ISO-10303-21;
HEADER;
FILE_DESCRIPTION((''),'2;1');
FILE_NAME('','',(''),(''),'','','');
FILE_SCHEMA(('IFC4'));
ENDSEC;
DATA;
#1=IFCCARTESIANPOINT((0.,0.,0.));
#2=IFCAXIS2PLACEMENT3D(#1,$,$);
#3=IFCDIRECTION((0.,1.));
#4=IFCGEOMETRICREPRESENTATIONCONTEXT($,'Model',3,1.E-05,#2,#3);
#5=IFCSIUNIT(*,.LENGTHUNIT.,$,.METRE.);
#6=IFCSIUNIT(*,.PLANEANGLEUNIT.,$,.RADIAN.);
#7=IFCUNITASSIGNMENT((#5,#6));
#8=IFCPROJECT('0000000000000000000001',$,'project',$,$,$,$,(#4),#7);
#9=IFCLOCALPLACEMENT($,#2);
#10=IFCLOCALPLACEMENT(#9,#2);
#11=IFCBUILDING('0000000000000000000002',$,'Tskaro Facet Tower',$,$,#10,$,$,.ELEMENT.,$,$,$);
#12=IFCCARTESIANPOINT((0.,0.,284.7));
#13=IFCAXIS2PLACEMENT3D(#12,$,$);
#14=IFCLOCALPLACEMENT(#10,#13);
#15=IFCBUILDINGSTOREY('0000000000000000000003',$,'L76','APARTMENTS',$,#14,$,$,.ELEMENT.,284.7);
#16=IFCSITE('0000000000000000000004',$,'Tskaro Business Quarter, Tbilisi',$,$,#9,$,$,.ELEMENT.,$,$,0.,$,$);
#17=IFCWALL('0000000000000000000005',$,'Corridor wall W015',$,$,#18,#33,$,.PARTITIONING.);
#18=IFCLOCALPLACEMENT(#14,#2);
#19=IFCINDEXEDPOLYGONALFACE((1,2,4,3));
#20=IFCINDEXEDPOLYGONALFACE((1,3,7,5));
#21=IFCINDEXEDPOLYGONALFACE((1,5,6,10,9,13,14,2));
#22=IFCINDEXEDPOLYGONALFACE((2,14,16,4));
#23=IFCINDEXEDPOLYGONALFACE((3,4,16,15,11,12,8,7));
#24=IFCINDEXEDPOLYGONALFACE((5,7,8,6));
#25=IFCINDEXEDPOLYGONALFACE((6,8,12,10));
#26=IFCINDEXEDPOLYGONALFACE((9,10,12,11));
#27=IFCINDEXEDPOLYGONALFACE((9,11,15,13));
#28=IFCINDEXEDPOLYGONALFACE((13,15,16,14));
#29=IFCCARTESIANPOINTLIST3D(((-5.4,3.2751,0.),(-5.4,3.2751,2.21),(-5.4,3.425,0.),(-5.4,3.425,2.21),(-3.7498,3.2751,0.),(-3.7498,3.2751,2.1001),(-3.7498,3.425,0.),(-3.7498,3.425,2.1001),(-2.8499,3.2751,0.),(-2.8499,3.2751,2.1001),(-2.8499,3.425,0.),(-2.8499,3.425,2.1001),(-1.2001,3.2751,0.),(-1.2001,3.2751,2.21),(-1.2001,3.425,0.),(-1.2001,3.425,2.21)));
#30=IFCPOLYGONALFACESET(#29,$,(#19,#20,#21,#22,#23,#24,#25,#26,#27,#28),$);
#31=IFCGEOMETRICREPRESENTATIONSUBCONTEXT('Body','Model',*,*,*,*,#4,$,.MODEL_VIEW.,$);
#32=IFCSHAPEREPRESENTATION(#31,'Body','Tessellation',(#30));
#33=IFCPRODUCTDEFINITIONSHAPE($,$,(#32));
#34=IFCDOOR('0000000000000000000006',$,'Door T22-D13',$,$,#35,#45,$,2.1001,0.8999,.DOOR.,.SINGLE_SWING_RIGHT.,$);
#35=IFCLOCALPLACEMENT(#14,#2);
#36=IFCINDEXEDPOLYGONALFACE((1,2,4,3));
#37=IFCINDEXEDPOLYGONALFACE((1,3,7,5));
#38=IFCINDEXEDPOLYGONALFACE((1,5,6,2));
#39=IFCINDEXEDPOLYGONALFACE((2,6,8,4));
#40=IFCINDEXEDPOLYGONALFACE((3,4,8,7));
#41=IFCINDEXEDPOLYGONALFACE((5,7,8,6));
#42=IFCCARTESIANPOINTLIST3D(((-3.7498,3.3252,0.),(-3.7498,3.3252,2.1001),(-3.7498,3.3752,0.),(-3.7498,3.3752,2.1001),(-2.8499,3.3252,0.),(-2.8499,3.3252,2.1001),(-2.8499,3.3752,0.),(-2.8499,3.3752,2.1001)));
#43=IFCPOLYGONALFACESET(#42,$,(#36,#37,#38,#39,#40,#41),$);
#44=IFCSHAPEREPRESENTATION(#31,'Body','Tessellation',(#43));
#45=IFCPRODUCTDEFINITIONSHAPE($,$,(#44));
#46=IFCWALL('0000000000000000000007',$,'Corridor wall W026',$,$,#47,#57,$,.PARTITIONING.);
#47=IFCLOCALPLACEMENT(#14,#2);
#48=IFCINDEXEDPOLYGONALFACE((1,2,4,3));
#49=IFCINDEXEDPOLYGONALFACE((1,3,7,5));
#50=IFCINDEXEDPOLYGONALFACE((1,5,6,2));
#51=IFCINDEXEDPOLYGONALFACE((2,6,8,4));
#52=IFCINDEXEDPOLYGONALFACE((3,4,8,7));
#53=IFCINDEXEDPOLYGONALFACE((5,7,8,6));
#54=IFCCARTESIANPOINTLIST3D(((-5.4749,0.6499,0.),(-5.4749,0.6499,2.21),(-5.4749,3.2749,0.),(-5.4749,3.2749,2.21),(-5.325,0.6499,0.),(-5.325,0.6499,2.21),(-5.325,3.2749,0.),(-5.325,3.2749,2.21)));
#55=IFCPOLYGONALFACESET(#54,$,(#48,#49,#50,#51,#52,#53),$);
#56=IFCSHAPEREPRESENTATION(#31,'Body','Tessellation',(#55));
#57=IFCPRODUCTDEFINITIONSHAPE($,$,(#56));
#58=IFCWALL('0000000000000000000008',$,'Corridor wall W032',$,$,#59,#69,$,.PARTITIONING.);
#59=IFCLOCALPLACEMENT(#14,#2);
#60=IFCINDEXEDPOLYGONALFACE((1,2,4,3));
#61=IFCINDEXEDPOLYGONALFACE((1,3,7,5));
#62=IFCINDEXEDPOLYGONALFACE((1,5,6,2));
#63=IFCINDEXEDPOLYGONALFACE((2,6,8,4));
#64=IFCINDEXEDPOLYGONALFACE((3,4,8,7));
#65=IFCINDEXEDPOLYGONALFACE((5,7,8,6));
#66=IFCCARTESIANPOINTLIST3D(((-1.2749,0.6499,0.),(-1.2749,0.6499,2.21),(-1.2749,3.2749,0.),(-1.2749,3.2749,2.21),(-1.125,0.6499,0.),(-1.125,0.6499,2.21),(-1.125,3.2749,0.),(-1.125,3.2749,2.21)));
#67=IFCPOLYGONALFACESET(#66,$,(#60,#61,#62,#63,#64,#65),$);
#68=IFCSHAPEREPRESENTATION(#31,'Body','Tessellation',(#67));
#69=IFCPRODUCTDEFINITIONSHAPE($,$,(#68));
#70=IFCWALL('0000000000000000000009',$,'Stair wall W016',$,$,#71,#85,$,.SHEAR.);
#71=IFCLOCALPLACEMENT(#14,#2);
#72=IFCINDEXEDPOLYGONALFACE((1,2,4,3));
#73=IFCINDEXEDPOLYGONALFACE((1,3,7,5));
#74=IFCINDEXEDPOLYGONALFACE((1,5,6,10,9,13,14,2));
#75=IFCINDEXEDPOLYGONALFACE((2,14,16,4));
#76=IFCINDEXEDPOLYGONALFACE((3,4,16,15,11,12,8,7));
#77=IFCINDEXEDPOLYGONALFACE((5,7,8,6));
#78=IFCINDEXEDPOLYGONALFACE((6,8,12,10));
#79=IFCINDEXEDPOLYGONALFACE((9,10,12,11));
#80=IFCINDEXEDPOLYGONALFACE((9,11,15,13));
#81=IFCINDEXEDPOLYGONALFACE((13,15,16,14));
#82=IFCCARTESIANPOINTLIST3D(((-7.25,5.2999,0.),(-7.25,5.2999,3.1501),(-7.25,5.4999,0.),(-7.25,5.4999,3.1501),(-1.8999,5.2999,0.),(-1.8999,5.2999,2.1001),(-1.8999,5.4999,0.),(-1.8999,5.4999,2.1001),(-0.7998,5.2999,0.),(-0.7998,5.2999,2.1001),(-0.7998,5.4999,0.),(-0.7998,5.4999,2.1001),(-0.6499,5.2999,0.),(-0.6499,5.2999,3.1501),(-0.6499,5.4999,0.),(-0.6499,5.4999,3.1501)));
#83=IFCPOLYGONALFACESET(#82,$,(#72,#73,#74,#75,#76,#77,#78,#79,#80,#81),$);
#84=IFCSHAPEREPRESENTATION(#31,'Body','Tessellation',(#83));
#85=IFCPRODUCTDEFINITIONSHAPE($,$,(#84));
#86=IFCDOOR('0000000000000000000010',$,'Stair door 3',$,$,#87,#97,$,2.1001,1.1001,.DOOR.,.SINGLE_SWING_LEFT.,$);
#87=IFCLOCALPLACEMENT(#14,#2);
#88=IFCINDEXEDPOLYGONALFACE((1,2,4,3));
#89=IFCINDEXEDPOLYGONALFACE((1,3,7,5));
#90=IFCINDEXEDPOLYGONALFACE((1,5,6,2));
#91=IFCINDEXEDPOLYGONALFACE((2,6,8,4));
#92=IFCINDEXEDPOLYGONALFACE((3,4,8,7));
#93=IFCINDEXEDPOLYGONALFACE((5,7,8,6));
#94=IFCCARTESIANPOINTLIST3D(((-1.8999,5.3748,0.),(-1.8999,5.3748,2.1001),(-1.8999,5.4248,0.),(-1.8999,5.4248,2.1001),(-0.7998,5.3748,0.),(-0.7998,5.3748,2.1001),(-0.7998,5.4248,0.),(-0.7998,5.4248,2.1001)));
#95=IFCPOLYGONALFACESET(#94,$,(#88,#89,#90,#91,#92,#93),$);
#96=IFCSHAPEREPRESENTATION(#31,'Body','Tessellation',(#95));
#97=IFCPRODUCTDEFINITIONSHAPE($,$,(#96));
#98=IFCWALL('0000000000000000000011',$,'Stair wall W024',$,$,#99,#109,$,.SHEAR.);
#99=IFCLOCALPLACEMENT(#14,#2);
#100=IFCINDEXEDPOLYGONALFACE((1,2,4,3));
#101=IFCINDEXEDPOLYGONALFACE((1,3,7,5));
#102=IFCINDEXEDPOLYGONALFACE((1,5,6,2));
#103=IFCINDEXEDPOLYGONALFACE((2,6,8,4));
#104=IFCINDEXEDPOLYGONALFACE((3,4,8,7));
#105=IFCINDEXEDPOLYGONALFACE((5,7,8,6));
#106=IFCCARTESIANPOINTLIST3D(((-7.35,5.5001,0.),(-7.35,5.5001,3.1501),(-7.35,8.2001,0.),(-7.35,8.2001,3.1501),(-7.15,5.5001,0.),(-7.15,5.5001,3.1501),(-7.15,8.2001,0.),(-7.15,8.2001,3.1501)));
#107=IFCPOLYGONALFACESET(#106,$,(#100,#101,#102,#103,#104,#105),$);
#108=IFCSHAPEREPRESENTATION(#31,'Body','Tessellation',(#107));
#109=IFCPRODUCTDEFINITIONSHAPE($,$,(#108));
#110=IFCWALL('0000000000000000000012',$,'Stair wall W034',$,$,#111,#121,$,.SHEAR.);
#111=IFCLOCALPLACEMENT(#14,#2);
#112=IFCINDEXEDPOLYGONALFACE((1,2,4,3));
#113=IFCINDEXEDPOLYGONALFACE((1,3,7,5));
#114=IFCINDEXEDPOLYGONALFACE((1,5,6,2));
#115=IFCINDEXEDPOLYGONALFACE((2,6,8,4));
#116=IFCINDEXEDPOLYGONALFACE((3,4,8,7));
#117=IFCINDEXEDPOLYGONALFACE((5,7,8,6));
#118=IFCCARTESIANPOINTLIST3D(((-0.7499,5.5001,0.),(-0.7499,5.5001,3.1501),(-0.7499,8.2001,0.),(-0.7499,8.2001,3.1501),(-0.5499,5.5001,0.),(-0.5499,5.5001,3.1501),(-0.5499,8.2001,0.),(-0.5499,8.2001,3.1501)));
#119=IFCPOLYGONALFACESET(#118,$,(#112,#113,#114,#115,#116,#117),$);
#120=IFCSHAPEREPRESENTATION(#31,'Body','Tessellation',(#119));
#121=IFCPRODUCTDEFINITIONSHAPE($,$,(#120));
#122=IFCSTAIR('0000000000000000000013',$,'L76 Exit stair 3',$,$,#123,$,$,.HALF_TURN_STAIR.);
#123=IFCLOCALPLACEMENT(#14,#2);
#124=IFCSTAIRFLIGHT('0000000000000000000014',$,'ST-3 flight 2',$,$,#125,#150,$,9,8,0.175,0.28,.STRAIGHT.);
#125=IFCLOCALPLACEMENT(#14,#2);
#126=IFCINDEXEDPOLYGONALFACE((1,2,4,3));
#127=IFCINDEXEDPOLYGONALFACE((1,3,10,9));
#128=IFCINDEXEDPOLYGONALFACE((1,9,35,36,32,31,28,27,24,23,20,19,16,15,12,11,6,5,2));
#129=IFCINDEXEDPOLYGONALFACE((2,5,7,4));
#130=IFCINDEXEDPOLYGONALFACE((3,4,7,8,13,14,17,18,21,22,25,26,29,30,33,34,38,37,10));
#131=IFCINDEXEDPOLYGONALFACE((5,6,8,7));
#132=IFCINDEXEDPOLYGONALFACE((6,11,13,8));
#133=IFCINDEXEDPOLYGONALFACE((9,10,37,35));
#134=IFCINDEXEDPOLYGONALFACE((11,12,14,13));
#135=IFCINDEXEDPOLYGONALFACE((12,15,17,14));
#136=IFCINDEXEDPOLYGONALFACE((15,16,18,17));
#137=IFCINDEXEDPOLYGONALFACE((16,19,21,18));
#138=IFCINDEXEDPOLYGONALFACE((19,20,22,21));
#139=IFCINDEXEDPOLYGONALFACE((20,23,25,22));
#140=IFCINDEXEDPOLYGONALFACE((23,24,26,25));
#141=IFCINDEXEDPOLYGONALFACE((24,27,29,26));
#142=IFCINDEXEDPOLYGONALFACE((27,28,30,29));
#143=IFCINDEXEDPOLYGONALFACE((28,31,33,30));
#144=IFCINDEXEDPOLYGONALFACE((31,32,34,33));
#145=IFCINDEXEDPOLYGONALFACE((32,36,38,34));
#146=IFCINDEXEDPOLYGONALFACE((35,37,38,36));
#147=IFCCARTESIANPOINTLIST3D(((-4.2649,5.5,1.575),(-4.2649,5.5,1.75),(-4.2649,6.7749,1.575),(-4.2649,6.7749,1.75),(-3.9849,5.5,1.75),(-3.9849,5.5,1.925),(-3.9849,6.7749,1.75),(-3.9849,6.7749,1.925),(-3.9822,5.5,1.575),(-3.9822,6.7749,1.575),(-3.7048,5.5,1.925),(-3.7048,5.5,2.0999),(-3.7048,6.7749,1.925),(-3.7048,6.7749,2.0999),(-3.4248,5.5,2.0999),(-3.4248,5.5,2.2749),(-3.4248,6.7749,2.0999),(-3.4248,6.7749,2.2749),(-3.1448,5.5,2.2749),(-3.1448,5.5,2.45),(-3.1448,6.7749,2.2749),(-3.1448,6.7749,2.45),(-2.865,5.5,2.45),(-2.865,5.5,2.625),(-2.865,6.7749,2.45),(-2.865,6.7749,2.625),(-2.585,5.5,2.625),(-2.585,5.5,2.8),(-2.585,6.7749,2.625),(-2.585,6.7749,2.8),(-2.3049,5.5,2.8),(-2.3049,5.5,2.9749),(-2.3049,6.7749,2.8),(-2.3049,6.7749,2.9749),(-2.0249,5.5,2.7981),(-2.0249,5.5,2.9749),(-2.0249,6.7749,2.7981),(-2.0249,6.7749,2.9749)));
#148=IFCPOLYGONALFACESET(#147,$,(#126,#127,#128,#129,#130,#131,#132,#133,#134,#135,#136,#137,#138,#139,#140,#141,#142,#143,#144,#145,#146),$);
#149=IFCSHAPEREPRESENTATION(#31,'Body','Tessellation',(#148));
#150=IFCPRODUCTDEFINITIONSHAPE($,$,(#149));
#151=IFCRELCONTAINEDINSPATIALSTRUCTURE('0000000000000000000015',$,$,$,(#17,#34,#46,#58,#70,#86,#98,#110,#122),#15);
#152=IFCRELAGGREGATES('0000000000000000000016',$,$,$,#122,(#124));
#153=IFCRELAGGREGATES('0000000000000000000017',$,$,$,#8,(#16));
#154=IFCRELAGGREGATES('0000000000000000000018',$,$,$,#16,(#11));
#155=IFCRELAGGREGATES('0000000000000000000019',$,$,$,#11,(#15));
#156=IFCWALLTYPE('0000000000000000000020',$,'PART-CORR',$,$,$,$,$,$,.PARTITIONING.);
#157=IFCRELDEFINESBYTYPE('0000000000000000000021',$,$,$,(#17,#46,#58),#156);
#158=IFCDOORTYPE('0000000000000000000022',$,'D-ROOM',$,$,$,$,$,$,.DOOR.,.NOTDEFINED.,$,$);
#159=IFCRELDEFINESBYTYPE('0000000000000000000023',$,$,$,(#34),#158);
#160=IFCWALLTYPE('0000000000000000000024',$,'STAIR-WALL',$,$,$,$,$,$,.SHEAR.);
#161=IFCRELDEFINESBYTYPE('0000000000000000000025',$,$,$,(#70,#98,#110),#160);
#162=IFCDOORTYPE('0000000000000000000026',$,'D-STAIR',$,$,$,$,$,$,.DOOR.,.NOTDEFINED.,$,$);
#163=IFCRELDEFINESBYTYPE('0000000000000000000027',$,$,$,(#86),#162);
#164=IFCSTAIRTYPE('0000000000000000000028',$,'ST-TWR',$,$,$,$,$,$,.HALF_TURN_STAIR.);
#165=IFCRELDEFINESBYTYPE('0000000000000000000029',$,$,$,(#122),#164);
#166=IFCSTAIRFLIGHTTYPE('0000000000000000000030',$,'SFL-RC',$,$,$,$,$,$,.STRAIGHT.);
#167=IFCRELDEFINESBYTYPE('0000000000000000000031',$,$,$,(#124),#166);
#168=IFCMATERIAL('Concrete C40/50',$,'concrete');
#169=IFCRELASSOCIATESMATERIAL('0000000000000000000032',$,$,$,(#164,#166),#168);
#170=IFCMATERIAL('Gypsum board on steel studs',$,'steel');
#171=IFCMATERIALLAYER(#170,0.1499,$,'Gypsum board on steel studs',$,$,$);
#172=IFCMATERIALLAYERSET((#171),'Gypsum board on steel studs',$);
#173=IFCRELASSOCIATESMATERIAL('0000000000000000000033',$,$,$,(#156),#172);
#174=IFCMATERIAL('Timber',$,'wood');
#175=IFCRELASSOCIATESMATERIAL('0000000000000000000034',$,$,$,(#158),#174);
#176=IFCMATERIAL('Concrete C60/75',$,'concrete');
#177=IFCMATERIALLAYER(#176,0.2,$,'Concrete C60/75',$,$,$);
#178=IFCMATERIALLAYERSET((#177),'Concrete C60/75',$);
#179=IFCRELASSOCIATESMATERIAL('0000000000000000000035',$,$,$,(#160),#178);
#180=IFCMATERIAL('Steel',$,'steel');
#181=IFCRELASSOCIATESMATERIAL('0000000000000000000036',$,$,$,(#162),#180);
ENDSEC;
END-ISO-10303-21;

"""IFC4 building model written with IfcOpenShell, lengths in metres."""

from ifc_helpers import new_model, si_unit, direction, frame, frame_2d, origin, place, context, subcontext, project, spatial, polyline, rectangle, outline, extrude, material, layer, layer_set, type_object, element, fill, aggregate, save


model = new_model("IFC4")

# Units and contexts
model_context = context("Model", 3, precision=1e-05, world=origin(), true_north=direction((0.0, 1.0)))
body_context = subcontext(model_context, "Body", "Model", "MODEL_VIEW")
ifc_project = project(units=[si_unit("LENGTHUNIT", "METRE"), si_unit("PLANEANGLEUNIT", "RADIAN")], contexts=[model_context])

# Site, building, storey
site_placement = place(None, origin())
site = spatial("IfcSite", under=ifc_project, at=site_placement, Name="Tskaro Business Quarter, Tbilisi", CompositionType="ELEMENT", RefElevation=0.0)
building_placement = place(site_placement, origin())
building = spatial("IfcBuilding", under=site, at=building_placement, Name="Tskaro Facet Tower", CompositionType="ELEMENT")
storey_placement = place(building_placement, frame((0.0, 0.0, 284.7)))
storey = spatial("IfcBuildingStorey", under=building, at=storey_placement, Name="L76", Description="APARTMENTS", CompositionType="ELEMENT", Elevation=284.7)

# Shared definitions
ifc_material_1 = material(Name="Concrete C40/50", Category="concrete")
stair_type = type_object("IfcStairType", Name="ST-TWR", PredefinedType="HALF_TURN_STAIR", material=ifc_material_1)

# Shared definitions
ifc_material_2 = material(Name="Concrete C60/75", Category="concrete")

# Wall, opening, door
ifc_material_3 = material(Name="Gypsum board on steel studs", Category="steel")
ifc_layer_1 = layer(ifc_material_3, 0.1499, Name="Gypsum board on steel studs")
ifc_layer_set_1 = layer_set([ifc_layer_1], Name="Gypsum board on steel studs")
wall_type_1 = type_object("IfcWallType", Name="PART-CORR", PredefinedType="PARTITIONING", material=ifc_layer_set_1)
wall_1_placement = place(storey_placement, frame((-1.2, 3.3501, 0.0), z_axis=(0.0, 0.0, 1.0), x_axis=(-1.0, 0.0, 0.0)))
wall_1 = element("IfcWall", 1, at=wall_1_placement, inside=storey, type_object=wall_type_1, Name="Corridor wall W015", PredefinedType="PARTITIONING", context=body_context, shape_type="SweptSolid", body=[
    extrude(rectangle(XDim=4.2, YDim=0.1499, at=frame_2d((2.1001, 0.0))), origin(), (0.0, 0.0, 1.0), 2.21),
])
opening_1_placement = place(wall_1_placement, frame((1.6499, 0.0, 0.0)))
opening_1 = element("IfcOpeningElement", 2, at=opening_1_placement, cuts=wall_1, PredefinedType="OPENING", context=body_context, shape_type="SweptSolid", body=[
    extrude(rectangle(XDim=0.8999, YDim=2.1001, at=frame_2d((0.45, 1.05))), frame((0.0, 0.085, 0.0), z_axis=(0.0, -1.0, 0.0), x_axis=(1.0, 0.0, 0.0)), (0.0, 0.0, 1.0), 0.1699),
])
ifc_material_4 = material(Name="Timber", Category="wood")
door_type_1 = type_object("IfcDoorType", Name="D-ROOM", OperationType="NOTDEFINED", PredefinedType="DOOR", material=ifc_material_4)
door_1_placement = place(opening_1_placement, origin())
door_1 = element("IfcDoor", 3, at=door_1_placement, inside=storey, type_object=door_type_1, Name="Door T22-D13", OperationType="SINGLE_SWING_RIGHT", OverallHeight=2.1001, OverallWidth=0.8999, PredefinedType="DOOR", context=body_context, shape_type="SweptSolid", body=[
    extrude(rectangle(XDim=0.8999, YDim=2.1001, at=frame_2d((0.45, 1.05))), frame((0.0, 0.0249, 0.0), z_axis=(0.0, -1.0, 0.0), x_axis=(1.0, 0.0, 0.0)), (0.0, 0.0, 1.0), 0.05),
])
fill(opening_1, door_1)

# Walls
for number, where, z_axis, x_axis, name in (
    (4, (-5.3999, 0.6499, 0.0), (0.0, 0.0, 1.0), (0.0, 1.0, 0.0), "Corridor wall W026"),
    (5, (-1.2, 0.6499, 0.0), (0.0, 0.0, 1.0), (0.0, 1.0, 0.0), "Corridor wall W032"),
):
    element("IfcWall", number, at=place(storey_placement, frame(where, z_axis=z_axis, x_axis=x_axis)), inside=storey, type_object=wall_type_1, Name=name, PredefinedType="PARTITIONING", context=body_context, shape_type="SweptSolid", body=[
        extrude(rectangle(XDim=2.625, YDim=0.1499, at=frame_2d((1.3125, 0.0))), origin(), (0.0, 0.0, 1.0), 2.21),
    ])

# Wall, opening, door
ifc_layer_2 = layer(ifc_material_2, 0.2, Name="Concrete C60/75")
ifc_layer_set_2 = layer_set([ifc_layer_2], Name="Concrete C60/75")
wall_type_2 = type_object("IfcWallType", Name="STAIR-WALL", PredefinedType="SHEAR", material=ifc_layer_set_2)
wall_2_placement = place(storey_placement, frame((-7.25, 5.3999, 0.0), z_axis=(0.0, 0.0, 1.0), x_axis=(1.0, 0.0, 0.0)))
wall_2 = element("IfcWall", 6, at=wall_2_placement, inside=storey, type_object=wall_type_2, Name="Stair wall W016", PredefinedType="SHEAR", context=body_context, shape_type="SweptSolid", body=[
    extrude(rectangle(XDim=6.6001, YDim=0.2, at=frame_2d((3.3, 0.0))), origin(), (0.0, 0.0, 1.0), 3.1501),
])
opening_2_placement = place(wall_2_placement, frame((5.3501, 0.0, 0.0)))
opening_2 = element("IfcOpeningElement", 7, at=opening_2_placement, cuts=wall_2, PredefinedType="OPENING", context=body_context, shape_type="SweptSolid", body=[
    extrude(rectangle(XDim=1.1001, YDim=2.1001, at=frame_2d((0.55, 1.05))), frame((0.0, 0.1099, 0.0), z_axis=(0.0, -1.0, 0.0), x_axis=(1.0, 0.0, 0.0)), (0.0, 0.0, 1.0), 0.22),
])
ifc_material_5 = material(Name="Steel", Category="steel")
door_type_2 = type_object("IfcDoorType", Name="D-STAIR", OperationType="NOTDEFINED", PredefinedType="DOOR", material=ifc_material_5)
door_2_placement = place(opening_2_placement, origin())
door_2 = element("IfcDoor", 8, at=door_2_placement, inside=storey, type_object=door_type_2, Name="Stair door 3", OperationType="SINGLE_SWING_LEFT", OverallHeight=2.1001, OverallWidth=1.1001, PredefinedType="DOOR", context=body_context, shape_type="SweptSolid", body=[
    extrude(rectangle(XDim=1.1001, YDim=2.1001, at=frame_2d((0.55, 1.05))), frame((0.0, 0.0249, 0.0), z_axis=(0.0, -1.0, 0.0), x_axis=(1.0, 0.0, 0.0)), (0.0, 0.0, 1.0), 0.05),
])
fill(opening_2, door_2)

# Walls
for number, where, z_axis, x_axis, name in (
    (9, (-7.25, 5.5, 0.0), (0.0, 0.0, 1.0), (0.0, 1.0, 0.0), "Stair wall W024"),
    (10, (-0.6499, 5.5, 0.0), (0.0, 0.0, 1.0), (0.0, 1.0, 0.0), "Stair wall W034"),
):
    element("IfcWall", number, at=place(storey_placement, frame(where, z_axis=z_axis, x_axis=x_axis)), inside=storey, type_object=wall_type_2, Name=name, PredefinedType="SHEAR", context=body_context, shape_type="SweptSolid", body=[
        extrude(rectangle(XDim=2.7, YDim=0.2, at=frame_2d((1.3501, 0.0))), origin(), (0.0, 0.0, 1.0), 3.1501),
    ])

# Stair, stair flight
stair_1_placement = place(storey_placement, origin())
stair_1 = element("IfcStair", 11, at=stair_1_placement, inside=storey, type_object=stair_type, Name="L76 Exit stair 3", PredefinedType="HALF_TURN_STAIR")
stair_flight_type = type_object("IfcStairFlightType", Name="SFL-RC", PredefinedType="STRAIGHT", material=ifc_material_1)
stair_flight_placement = place(storey_placement, frame((-4.2649, 6.1375, 1.575), z_axis=(0.0, 0.0, 1.0), x_axis=(1.0, 0.0, 0.0)))
stair_flight = element("IfcStairFlight", 12, at=stair_flight_placement, type_object=stair_flight_type, Name="ST-3 flight 2", NumberOfRisers=9, NumberOfTreads=8, PredefinedType="STRAIGHT", RiserHeight=0.175, TreadLength=0.28, context=body_context, shape_type="SweptSolid", body=[
    extrude(outline(polyline([(0.0, 0.0), (0.0, 0.175), (0.28, 0.175), (0.28, 0.3501), (0.5601, 0.3501), (0.5601, 0.5249), (0.8401, 0.5249), (0.8401, 0.7), (1.1201, 0.7), (1.1201, 0.875), (1.3999, 0.875), (1.3999, 1.05), (1.6799, 1.05), (1.6799, 1.2251), (1.96, 1.2251), (1.96, 1.3999), (2.24, 1.3999), (2.24, 1.575), (2.24, 1.2231), (0.2827, 0.0), (0.0, 0.0)])), frame((0.0, 0.6375, 0.0), z_axis=(0.0, -1.0, 0.0), x_axis=(1.0, 0.0, 0.0)), (0.0, 0.0, 1.0), 1.2749),
])
aggregate(stair_1, [stair_flight])

save(model, "model.ifc")
